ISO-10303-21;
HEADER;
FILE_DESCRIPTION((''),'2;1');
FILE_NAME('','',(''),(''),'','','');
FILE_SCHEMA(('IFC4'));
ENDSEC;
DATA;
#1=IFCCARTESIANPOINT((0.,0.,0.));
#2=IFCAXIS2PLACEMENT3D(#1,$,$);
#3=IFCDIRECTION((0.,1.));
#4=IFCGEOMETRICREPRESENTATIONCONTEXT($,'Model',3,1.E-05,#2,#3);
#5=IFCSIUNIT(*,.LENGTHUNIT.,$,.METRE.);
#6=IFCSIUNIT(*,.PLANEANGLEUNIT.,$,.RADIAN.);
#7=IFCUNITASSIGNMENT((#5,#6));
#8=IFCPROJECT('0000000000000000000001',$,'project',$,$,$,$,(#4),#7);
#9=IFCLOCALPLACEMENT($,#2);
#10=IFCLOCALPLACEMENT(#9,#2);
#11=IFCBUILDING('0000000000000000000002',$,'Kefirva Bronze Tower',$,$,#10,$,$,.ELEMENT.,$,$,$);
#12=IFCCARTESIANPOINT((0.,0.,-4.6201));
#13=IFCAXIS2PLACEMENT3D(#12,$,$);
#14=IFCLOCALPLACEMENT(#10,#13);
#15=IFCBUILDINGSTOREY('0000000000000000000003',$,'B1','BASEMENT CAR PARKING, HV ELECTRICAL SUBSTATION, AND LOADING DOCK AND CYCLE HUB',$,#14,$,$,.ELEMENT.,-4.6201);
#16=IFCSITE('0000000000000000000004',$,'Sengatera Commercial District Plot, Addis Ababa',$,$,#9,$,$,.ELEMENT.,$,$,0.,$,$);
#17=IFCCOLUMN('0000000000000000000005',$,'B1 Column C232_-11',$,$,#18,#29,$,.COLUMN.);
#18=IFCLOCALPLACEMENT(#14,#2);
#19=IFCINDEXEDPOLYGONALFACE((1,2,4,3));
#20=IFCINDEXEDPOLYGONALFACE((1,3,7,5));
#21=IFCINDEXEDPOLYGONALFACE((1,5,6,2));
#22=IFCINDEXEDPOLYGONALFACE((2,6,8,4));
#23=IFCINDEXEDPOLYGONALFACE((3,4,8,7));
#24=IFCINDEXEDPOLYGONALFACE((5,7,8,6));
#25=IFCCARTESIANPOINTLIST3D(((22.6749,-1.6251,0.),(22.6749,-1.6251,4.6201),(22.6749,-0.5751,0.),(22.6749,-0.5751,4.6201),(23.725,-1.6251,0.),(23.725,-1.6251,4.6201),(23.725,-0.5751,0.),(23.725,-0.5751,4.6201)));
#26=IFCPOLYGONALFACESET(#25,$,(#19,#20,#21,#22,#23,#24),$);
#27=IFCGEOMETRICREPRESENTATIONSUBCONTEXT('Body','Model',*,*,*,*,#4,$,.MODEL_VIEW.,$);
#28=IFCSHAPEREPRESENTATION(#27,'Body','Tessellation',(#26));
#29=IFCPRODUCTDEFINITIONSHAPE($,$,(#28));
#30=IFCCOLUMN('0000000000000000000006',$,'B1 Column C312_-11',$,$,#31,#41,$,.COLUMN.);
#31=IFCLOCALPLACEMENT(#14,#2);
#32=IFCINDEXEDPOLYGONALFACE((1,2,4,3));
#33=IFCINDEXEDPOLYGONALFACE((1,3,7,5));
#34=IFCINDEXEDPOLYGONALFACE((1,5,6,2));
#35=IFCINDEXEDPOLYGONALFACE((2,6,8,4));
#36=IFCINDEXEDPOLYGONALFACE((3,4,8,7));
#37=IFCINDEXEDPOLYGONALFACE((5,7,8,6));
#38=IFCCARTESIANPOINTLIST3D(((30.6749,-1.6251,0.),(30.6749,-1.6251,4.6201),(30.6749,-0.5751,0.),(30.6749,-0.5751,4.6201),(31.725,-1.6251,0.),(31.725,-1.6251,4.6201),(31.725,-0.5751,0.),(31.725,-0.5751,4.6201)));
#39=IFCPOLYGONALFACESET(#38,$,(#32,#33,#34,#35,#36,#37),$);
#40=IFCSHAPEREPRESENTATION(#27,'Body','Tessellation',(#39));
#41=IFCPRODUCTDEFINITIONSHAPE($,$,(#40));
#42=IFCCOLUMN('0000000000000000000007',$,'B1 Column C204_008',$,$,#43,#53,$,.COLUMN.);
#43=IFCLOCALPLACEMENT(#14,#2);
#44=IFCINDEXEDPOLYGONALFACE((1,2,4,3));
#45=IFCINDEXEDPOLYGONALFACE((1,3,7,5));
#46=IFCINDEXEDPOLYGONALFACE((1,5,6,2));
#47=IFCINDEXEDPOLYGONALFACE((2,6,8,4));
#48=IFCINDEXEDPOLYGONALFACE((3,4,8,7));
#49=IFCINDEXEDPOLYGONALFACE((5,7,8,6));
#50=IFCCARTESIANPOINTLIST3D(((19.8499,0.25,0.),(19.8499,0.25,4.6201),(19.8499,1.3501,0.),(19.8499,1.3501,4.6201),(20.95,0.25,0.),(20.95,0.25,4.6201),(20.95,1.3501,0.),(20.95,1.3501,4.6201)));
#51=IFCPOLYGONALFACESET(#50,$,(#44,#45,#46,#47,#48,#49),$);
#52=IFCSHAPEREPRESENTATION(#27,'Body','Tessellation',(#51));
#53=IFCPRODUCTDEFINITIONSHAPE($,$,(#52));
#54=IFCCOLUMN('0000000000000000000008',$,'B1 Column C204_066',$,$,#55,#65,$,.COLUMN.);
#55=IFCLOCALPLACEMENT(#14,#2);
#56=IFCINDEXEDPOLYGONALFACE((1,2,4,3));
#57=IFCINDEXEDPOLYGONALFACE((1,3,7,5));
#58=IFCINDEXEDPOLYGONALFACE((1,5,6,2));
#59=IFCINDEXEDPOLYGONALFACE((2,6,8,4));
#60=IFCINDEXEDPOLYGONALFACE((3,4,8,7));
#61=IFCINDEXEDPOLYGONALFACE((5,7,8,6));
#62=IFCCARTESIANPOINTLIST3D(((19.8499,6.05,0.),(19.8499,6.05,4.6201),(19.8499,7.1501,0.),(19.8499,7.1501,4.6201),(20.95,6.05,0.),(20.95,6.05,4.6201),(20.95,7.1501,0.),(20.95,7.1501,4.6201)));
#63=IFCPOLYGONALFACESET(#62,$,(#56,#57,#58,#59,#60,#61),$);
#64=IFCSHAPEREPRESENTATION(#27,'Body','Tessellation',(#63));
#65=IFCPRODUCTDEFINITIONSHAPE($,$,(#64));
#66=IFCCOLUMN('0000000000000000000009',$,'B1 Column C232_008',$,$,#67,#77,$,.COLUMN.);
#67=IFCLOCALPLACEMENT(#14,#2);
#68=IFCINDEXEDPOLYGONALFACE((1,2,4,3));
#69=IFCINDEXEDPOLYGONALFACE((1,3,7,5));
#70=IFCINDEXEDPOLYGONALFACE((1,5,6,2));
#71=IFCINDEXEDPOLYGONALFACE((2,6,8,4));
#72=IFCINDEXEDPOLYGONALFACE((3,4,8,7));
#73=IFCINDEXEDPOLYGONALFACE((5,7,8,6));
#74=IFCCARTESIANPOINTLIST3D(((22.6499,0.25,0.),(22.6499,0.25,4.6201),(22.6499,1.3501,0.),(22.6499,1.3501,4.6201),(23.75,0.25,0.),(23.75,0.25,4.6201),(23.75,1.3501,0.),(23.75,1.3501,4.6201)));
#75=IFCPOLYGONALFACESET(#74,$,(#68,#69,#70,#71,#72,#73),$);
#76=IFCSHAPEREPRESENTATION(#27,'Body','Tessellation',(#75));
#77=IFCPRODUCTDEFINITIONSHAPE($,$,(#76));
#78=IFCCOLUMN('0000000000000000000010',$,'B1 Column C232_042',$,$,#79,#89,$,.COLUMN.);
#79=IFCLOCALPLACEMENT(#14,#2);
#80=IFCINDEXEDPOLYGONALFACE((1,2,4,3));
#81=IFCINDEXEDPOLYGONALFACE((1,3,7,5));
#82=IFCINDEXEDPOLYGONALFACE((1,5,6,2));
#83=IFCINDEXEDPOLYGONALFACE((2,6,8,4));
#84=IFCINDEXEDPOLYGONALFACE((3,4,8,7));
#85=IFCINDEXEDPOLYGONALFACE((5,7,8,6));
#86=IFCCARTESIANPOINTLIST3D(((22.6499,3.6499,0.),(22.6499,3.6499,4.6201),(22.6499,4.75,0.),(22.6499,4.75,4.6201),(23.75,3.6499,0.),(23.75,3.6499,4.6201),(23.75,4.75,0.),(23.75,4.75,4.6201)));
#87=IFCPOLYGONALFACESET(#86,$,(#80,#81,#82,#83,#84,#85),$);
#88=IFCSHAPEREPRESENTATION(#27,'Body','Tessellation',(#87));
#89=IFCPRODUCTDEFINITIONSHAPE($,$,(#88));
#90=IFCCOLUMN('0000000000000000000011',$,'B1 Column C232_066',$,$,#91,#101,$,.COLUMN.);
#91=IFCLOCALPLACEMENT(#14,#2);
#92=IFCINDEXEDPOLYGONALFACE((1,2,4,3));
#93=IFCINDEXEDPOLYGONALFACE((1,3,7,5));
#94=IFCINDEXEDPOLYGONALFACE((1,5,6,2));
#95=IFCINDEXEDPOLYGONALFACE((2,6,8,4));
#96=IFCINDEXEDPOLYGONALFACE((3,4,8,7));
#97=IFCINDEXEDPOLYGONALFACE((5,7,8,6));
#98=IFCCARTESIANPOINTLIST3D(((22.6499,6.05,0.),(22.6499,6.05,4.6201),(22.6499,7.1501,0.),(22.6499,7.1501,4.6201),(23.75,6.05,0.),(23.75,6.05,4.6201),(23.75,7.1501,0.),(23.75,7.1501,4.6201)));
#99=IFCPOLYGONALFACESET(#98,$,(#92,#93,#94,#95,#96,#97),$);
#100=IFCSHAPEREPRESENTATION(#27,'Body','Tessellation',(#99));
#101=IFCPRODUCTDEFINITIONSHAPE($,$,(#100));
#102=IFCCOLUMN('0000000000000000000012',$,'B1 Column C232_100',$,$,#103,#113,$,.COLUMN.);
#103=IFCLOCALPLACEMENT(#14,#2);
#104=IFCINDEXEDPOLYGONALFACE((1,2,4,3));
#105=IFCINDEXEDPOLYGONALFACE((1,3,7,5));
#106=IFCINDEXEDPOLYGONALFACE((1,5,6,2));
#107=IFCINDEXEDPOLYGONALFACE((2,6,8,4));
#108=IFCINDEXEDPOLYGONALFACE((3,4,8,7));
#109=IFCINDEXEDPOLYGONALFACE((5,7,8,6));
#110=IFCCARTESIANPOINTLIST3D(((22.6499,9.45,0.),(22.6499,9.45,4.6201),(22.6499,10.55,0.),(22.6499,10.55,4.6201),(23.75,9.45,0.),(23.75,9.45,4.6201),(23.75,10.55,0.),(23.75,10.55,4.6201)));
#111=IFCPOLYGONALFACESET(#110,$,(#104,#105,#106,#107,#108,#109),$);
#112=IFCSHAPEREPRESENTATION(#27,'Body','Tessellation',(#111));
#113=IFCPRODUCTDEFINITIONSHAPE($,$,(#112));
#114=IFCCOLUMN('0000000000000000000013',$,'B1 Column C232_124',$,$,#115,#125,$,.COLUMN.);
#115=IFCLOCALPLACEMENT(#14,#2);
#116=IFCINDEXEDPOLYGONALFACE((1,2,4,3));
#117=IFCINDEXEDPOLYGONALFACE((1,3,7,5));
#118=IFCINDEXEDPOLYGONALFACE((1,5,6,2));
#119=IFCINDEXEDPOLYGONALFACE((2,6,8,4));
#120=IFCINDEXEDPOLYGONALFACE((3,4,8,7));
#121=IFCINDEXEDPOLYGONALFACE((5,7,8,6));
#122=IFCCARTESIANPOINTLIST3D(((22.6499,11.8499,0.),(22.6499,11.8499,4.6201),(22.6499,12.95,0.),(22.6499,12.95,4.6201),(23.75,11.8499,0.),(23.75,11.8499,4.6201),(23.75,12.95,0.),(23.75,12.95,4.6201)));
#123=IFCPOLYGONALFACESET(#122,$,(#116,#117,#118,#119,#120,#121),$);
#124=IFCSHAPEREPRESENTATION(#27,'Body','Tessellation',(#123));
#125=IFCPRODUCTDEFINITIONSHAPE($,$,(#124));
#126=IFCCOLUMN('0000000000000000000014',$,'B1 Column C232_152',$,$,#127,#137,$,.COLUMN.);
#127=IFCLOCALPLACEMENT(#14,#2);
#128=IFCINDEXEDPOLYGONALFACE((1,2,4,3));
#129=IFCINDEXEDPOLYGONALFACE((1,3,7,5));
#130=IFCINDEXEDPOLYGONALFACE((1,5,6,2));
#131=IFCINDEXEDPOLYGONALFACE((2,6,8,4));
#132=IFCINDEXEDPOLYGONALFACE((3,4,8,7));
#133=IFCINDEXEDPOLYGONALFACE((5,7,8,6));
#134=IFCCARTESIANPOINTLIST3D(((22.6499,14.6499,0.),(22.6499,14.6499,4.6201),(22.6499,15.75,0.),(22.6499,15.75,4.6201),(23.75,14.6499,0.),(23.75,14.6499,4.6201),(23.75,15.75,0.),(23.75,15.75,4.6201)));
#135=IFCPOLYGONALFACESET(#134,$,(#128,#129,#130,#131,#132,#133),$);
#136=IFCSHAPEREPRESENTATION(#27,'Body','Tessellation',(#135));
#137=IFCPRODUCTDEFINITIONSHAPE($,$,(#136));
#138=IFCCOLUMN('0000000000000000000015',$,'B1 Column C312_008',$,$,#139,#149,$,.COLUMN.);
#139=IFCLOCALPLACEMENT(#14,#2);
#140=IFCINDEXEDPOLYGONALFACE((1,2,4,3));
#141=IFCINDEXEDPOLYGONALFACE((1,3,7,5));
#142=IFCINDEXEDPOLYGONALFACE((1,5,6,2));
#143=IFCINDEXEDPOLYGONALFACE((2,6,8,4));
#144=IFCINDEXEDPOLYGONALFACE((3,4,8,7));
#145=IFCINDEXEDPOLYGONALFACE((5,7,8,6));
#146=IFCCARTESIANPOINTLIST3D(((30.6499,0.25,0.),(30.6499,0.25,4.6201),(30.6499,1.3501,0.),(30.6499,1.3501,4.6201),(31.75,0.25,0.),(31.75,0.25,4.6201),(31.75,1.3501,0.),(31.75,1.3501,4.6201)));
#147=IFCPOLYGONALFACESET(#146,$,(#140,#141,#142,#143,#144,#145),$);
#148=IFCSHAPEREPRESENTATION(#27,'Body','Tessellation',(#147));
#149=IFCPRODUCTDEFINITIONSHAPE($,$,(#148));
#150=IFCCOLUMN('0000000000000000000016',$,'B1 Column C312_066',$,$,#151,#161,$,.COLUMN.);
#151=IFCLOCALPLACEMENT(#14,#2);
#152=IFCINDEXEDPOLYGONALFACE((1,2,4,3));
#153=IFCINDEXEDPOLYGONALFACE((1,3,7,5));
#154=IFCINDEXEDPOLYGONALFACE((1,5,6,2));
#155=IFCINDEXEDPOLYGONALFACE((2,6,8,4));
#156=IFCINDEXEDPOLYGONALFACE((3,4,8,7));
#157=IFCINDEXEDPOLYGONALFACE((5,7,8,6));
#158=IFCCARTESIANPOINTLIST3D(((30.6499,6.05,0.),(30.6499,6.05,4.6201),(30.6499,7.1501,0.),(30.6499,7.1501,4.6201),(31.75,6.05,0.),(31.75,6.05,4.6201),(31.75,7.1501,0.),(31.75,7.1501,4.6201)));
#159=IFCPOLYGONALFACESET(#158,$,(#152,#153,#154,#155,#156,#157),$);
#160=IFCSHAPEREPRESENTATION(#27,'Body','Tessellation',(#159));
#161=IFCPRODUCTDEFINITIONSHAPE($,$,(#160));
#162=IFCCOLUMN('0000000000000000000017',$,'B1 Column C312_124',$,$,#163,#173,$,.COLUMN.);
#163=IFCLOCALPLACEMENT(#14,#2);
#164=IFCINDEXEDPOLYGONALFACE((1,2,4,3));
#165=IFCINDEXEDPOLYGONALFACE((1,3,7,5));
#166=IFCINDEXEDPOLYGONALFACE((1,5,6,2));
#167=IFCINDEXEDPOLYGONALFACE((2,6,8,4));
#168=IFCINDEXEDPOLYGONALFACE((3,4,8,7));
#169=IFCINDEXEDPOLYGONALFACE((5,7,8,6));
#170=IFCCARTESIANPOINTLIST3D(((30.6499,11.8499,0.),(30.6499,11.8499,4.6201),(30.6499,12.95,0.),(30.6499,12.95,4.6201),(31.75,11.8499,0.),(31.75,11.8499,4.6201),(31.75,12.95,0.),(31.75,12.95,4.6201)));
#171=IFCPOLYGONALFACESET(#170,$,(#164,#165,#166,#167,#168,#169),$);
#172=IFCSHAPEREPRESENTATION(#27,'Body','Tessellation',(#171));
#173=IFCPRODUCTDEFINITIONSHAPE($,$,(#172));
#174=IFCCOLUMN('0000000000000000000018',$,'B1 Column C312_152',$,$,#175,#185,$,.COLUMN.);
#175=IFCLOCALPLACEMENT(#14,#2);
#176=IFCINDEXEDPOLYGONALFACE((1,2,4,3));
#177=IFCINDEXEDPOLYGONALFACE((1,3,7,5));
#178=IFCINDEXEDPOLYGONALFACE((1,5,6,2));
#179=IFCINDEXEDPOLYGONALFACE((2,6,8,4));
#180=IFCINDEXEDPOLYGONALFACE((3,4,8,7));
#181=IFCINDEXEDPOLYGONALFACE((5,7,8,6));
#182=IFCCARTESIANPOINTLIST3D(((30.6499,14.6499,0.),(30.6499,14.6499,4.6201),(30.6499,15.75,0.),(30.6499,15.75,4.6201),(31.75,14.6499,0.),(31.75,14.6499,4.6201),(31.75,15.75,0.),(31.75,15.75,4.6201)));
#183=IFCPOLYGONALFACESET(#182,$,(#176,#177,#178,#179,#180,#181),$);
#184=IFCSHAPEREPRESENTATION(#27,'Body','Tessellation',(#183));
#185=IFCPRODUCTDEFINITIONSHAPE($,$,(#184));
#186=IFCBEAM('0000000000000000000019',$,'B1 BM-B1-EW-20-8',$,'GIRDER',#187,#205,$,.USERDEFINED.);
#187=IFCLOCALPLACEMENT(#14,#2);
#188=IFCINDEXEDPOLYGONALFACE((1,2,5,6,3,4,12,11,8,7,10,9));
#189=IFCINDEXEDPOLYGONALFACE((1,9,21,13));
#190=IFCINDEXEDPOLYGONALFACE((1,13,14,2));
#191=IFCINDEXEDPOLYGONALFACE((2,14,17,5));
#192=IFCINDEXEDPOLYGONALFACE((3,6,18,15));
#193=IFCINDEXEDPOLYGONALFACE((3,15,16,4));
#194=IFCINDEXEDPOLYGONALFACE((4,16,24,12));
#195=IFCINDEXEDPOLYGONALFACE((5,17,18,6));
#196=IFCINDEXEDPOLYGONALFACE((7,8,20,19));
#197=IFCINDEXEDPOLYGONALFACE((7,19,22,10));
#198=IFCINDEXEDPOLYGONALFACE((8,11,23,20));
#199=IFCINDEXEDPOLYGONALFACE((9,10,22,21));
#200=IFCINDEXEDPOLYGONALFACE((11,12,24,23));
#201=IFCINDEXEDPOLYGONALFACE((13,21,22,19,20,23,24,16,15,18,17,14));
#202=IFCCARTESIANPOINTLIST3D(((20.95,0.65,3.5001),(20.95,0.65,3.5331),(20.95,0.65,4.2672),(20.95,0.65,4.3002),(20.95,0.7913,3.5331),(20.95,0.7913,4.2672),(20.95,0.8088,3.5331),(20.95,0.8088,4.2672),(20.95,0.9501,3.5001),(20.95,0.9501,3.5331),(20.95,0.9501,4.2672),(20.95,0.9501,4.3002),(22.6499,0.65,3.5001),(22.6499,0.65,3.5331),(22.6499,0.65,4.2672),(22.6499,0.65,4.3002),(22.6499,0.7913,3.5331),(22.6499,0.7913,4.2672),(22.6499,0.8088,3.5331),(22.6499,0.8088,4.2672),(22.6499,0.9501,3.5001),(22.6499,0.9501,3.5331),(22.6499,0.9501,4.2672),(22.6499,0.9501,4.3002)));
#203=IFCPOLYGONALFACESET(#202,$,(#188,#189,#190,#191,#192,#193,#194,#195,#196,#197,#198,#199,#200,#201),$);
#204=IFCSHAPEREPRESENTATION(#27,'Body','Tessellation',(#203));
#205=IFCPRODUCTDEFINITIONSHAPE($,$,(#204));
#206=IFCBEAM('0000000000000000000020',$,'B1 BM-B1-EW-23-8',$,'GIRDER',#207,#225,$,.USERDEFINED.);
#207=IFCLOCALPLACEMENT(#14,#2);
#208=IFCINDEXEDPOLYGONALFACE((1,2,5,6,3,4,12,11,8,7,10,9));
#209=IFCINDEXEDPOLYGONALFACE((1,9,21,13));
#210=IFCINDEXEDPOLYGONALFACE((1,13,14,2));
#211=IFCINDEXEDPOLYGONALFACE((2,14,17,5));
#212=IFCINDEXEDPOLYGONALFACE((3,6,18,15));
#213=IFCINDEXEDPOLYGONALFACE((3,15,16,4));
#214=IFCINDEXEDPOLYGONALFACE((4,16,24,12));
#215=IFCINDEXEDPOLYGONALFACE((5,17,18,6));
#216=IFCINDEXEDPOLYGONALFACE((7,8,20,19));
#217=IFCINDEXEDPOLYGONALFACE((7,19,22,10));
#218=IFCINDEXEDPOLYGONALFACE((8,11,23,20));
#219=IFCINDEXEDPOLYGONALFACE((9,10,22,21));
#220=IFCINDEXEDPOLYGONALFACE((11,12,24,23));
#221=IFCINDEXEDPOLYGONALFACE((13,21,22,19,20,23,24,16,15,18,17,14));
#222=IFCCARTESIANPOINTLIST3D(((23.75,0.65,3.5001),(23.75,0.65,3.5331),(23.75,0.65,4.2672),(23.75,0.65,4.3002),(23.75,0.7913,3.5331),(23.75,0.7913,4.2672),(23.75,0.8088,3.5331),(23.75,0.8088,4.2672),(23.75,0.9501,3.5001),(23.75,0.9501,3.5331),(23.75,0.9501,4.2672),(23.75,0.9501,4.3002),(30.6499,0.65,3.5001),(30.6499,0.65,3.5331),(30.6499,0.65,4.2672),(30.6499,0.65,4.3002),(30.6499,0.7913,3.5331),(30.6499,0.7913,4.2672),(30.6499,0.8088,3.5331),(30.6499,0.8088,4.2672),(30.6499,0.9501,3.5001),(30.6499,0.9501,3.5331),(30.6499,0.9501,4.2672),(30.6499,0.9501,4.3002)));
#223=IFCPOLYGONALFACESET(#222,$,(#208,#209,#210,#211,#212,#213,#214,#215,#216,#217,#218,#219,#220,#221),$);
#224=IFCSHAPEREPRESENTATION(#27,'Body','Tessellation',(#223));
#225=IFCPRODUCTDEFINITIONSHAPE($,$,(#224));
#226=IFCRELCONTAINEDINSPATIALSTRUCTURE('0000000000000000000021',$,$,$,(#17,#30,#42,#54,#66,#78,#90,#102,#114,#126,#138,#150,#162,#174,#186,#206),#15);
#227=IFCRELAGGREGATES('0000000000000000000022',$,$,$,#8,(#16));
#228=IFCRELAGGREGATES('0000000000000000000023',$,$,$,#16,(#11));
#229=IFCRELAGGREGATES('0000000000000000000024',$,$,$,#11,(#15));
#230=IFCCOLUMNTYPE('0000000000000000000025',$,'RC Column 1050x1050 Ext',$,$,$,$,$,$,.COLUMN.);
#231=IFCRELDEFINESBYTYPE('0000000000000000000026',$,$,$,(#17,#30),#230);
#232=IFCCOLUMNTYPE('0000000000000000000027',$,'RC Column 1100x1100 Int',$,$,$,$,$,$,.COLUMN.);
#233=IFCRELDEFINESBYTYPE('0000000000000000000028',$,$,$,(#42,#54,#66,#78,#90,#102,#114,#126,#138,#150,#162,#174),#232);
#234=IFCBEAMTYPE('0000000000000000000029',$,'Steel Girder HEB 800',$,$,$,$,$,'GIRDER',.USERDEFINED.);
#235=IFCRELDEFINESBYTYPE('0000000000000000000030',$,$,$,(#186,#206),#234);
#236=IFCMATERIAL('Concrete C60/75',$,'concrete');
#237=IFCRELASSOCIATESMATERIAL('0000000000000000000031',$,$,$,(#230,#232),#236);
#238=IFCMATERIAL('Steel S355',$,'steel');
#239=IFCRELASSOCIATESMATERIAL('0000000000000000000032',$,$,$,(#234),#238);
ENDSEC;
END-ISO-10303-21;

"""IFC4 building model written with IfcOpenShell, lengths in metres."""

from ifc_helpers import new_model, si_unit, direction, frame, origin, origin_2d, place, context, subcontext, project, spatial, rectangle, i_section, extrude, material, material_profile, profile_set, type_object, element, save


model = new_model("IFC4")

# Units and contexts
model_context = context("Model", 3, precision=1e-05, world=origin(), true_north=direction((0.0, 1.0)))
body_context = subcontext(model_context, "Body", "Model", "MODEL_VIEW")
ifc_project = project(units=[si_unit("LENGTHUNIT", "METRE"), si_unit("PLANEANGLEUNIT", "RADIAN")], contexts=[model_context])

# Site, building, storey
site_placement = place(None, origin())
site = spatial("IfcSite", under=ifc_project, at=site_placement, Name="Sengatera Commercial District Plot, Addis Ababa", CompositionType="ELEMENT", RefElevation=0.0)
building_placement = place(site_placement, origin())
building = spatial("IfcBuilding", under=site, at=building_placement, Name="Kefirva Bronze Tower", CompositionType="ELEMENT")
storey_placement = place(building_placement, frame((0.0, 0.0, -4.6201)))
storey = spatial("IfcBuildingStorey", under=building, at=storey_placement, Name="B1", Description="BASEMENT CAR PARKING, HV ELECTRICAL SUBSTATION, AND LOADING DOCK AND CYCLE HUB", CompositionType="ELEMENT", Elevation=-4.6201)

# Columns
ifc_material_1 = material(Name="Concrete C60/75", Category="concrete")
ifc_material_profile_1 = material_profile(ifc_material_1, rectangle(XDim=1.05, YDim=1.05, at=origin_2d()), Name="RC 1050x1050")
ifc_profile_set_1 = profile_set([ifc_material_profile_1], Name="Concrete C60/75")
column_type_1 = type_object("IfcColumnType", Name="RC Column 1050x1050 Ext", PredefinedType="COLUMN", material=ifc_profile_set_1)
for number, where, z_axis, x_axis, name in (
    (1, (23.2, -1.1001, 0.0), (0.0, 0.0, 1.0), (1.0, 0.0, 0.0), "B1 Column C232_-11"),
    (2, (31.2, -1.1001, 0.0), (0.0, 0.0, 1.0), (1.0, 0.0, 0.0), "B1 Column C312_-11"),
):
    element("IfcColumn", number, at=place(storey_placement, frame(where, z_axis=z_axis, x_axis=x_axis)), inside=storey, type_object=column_type_1, Name=name, PredefinedType="COLUMN", context=body_context, shape_type="SweptSolid", body=[
        extrude(rectangle(XDim=1.05, YDim=1.05, at=origin_2d()), origin(), (0.0, 0.0, 1.0), 4.6201),
    ])
ifc_material_profile_2 = material_profile(ifc_material_1, rectangle(XDim=1.1001, YDim=1.1001, at=origin_2d()), Name="RC 1100x1100")
ifc_profile_set_2 = profile_set([ifc_material_profile_2], Name="Concrete C60/75")
column_type_2 = type_object("IfcColumnType", Name="RC Column 1100x1100 Int", PredefinedType="COLUMN", material=ifc_profile_set_2)
for number, where, z_axis, x_axis, name in (
    (3, (20.3999, 0.8, 0.0), (0.0, 0.0, 1.0), (1.0, 0.0, 0.0), "B1 Column C204_008"),
    (4, (20.3999, 6.6001, 0.0), (0.0, 0.0, 1.0), (1.0, 0.0, 0.0), "B1 Column C204_066"),
    (5, (23.2, 0.8, 0.0), (0.0, 0.0, 1.0), (1.0, 0.0, 0.0), "B1 Column C232_008"),
    (6, (23.2, 4.2, 0.0), (0.0, 0.0, 1.0), (1.0, 0.0, 0.0), "B1 Column C232_042"),
    (7, (23.2, 6.6001, 0.0), (0.0, 0.0, 1.0), (1.0, 0.0, 0.0), "B1 Column C232_066"),
    (8, (23.2, 10.0, 0.0), (0.0, 0.0, 1.0), (1.0, 0.0, 0.0), "B1 Column C232_100"),
    (9, (23.2, 12.3999, 0.0), (0.0, 0.0, 1.0), (1.0, 0.0, 0.0), "B1 Column C232_124"),
    (10, (23.2, 15.2, 0.0), (0.0, 0.0, 1.0), (1.0, 0.0, 0.0), "B1 Column C232_152"),
    (11, (31.2, 0.8, 0.0), (0.0, 0.0, 1.0), (1.0, 0.0, 0.0), "B1 Column C312_008"),
    (12, (31.2, 6.6001, 0.0), (0.0, 0.0, 1.0), (1.0, 0.0, 0.0), "B1 Column C312_066"),
    (13, (31.2, 12.3999, 0.0), (0.0, 0.0, 1.0), (1.0, 0.0, 0.0), "B1 Column C312_124"),
    (14, (31.2, 15.2, 0.0), (0.0, 0.0, 1.0), (1.0, 0.0, 0.0), "B1 Column C312_152"),
):
    element("IfcColumn", number, at=place(storey_placement, frame(where, z_axis=z_axis, x_axis=x_axis)), inside=storey, type_object=column_type_2, Name=name, PredefinedType="COLUMN", context=body_context, shape_type="SweptSolid", body=[
        extrude(rectangle(XDim=1.1001, YDim=1.1001, at=origin_2d()), origin(), (0.0, 0.0, 1.0), 4.6201),
    ])

# Beams
ifc_material_2 = material(Name="Steel S355", Category="steel")
ifc_material_profile_3 = material_profile(ifc_material_2, i_section(OverallWidth=0.3, OverallDepth=0.8, WebThickness=0.0176, FlangeThickness=0.033, at=origin_2d()), Name="HEB 800")
ifc_profile_set_3 = profile_set([ifc_material_profile_3], Name="Steel S355")
beam_type_1 = type_object("IfcBeamType", Name="Steel Girder HEB 800", ElementType="GIRDER", PredefinedType="USERDEFINED", material=ifc_profile_set_3)
beam_1_placement = place(storey_placement, frame((20.95, 0.8, 3.9001), z_axis=(1.0, 0.0, 0.0), x_axis=(0.0, 1.0, 0.0)))
element("IfcBeam", 15, at=beam_1_placement, inside=storey, type_object=beam_type_1, Name="B1 BM-B1-EW-20-8", ObjectType="GIRDER", PredefinedType="USERDEFINED", context=body_context, shape_type="SweptSolid", body=[
    extrude(i_section(OverallWidth=0.3, OverallDepth=0.8, WebThickness=0.0176, FlangeThickness=0.033, at=origin_2d()), origin(), (0.0, 0.0, 1.0), 1.7),
])
beam_2_placement = place(storey_placement, frame((23.75, 0.8, 3.9001), z_axis=(1.0, 0.0, 0.0), x_axis=(0.0, 1.0, 0.0)))
element("IfcBeam", 16, at=beam_2_placement, inside=storey, type_object=beam_type_1, Name="B1 BM-B1-EW-23-8", ObjectType="GIRDER", PredefinedType="USERDEFINED", context=body_context, shape_type="SweptSolid", body=[
    extrude(i_section(OverallWidth=0.3, OverallDepth=0.8, WebThickness=0.0176, FlangeThickness=0.033, at=origin_2d()), origin(), (0.0, 0.0, 1.0), 6.8999),
])

save(model, "model.ifc")
